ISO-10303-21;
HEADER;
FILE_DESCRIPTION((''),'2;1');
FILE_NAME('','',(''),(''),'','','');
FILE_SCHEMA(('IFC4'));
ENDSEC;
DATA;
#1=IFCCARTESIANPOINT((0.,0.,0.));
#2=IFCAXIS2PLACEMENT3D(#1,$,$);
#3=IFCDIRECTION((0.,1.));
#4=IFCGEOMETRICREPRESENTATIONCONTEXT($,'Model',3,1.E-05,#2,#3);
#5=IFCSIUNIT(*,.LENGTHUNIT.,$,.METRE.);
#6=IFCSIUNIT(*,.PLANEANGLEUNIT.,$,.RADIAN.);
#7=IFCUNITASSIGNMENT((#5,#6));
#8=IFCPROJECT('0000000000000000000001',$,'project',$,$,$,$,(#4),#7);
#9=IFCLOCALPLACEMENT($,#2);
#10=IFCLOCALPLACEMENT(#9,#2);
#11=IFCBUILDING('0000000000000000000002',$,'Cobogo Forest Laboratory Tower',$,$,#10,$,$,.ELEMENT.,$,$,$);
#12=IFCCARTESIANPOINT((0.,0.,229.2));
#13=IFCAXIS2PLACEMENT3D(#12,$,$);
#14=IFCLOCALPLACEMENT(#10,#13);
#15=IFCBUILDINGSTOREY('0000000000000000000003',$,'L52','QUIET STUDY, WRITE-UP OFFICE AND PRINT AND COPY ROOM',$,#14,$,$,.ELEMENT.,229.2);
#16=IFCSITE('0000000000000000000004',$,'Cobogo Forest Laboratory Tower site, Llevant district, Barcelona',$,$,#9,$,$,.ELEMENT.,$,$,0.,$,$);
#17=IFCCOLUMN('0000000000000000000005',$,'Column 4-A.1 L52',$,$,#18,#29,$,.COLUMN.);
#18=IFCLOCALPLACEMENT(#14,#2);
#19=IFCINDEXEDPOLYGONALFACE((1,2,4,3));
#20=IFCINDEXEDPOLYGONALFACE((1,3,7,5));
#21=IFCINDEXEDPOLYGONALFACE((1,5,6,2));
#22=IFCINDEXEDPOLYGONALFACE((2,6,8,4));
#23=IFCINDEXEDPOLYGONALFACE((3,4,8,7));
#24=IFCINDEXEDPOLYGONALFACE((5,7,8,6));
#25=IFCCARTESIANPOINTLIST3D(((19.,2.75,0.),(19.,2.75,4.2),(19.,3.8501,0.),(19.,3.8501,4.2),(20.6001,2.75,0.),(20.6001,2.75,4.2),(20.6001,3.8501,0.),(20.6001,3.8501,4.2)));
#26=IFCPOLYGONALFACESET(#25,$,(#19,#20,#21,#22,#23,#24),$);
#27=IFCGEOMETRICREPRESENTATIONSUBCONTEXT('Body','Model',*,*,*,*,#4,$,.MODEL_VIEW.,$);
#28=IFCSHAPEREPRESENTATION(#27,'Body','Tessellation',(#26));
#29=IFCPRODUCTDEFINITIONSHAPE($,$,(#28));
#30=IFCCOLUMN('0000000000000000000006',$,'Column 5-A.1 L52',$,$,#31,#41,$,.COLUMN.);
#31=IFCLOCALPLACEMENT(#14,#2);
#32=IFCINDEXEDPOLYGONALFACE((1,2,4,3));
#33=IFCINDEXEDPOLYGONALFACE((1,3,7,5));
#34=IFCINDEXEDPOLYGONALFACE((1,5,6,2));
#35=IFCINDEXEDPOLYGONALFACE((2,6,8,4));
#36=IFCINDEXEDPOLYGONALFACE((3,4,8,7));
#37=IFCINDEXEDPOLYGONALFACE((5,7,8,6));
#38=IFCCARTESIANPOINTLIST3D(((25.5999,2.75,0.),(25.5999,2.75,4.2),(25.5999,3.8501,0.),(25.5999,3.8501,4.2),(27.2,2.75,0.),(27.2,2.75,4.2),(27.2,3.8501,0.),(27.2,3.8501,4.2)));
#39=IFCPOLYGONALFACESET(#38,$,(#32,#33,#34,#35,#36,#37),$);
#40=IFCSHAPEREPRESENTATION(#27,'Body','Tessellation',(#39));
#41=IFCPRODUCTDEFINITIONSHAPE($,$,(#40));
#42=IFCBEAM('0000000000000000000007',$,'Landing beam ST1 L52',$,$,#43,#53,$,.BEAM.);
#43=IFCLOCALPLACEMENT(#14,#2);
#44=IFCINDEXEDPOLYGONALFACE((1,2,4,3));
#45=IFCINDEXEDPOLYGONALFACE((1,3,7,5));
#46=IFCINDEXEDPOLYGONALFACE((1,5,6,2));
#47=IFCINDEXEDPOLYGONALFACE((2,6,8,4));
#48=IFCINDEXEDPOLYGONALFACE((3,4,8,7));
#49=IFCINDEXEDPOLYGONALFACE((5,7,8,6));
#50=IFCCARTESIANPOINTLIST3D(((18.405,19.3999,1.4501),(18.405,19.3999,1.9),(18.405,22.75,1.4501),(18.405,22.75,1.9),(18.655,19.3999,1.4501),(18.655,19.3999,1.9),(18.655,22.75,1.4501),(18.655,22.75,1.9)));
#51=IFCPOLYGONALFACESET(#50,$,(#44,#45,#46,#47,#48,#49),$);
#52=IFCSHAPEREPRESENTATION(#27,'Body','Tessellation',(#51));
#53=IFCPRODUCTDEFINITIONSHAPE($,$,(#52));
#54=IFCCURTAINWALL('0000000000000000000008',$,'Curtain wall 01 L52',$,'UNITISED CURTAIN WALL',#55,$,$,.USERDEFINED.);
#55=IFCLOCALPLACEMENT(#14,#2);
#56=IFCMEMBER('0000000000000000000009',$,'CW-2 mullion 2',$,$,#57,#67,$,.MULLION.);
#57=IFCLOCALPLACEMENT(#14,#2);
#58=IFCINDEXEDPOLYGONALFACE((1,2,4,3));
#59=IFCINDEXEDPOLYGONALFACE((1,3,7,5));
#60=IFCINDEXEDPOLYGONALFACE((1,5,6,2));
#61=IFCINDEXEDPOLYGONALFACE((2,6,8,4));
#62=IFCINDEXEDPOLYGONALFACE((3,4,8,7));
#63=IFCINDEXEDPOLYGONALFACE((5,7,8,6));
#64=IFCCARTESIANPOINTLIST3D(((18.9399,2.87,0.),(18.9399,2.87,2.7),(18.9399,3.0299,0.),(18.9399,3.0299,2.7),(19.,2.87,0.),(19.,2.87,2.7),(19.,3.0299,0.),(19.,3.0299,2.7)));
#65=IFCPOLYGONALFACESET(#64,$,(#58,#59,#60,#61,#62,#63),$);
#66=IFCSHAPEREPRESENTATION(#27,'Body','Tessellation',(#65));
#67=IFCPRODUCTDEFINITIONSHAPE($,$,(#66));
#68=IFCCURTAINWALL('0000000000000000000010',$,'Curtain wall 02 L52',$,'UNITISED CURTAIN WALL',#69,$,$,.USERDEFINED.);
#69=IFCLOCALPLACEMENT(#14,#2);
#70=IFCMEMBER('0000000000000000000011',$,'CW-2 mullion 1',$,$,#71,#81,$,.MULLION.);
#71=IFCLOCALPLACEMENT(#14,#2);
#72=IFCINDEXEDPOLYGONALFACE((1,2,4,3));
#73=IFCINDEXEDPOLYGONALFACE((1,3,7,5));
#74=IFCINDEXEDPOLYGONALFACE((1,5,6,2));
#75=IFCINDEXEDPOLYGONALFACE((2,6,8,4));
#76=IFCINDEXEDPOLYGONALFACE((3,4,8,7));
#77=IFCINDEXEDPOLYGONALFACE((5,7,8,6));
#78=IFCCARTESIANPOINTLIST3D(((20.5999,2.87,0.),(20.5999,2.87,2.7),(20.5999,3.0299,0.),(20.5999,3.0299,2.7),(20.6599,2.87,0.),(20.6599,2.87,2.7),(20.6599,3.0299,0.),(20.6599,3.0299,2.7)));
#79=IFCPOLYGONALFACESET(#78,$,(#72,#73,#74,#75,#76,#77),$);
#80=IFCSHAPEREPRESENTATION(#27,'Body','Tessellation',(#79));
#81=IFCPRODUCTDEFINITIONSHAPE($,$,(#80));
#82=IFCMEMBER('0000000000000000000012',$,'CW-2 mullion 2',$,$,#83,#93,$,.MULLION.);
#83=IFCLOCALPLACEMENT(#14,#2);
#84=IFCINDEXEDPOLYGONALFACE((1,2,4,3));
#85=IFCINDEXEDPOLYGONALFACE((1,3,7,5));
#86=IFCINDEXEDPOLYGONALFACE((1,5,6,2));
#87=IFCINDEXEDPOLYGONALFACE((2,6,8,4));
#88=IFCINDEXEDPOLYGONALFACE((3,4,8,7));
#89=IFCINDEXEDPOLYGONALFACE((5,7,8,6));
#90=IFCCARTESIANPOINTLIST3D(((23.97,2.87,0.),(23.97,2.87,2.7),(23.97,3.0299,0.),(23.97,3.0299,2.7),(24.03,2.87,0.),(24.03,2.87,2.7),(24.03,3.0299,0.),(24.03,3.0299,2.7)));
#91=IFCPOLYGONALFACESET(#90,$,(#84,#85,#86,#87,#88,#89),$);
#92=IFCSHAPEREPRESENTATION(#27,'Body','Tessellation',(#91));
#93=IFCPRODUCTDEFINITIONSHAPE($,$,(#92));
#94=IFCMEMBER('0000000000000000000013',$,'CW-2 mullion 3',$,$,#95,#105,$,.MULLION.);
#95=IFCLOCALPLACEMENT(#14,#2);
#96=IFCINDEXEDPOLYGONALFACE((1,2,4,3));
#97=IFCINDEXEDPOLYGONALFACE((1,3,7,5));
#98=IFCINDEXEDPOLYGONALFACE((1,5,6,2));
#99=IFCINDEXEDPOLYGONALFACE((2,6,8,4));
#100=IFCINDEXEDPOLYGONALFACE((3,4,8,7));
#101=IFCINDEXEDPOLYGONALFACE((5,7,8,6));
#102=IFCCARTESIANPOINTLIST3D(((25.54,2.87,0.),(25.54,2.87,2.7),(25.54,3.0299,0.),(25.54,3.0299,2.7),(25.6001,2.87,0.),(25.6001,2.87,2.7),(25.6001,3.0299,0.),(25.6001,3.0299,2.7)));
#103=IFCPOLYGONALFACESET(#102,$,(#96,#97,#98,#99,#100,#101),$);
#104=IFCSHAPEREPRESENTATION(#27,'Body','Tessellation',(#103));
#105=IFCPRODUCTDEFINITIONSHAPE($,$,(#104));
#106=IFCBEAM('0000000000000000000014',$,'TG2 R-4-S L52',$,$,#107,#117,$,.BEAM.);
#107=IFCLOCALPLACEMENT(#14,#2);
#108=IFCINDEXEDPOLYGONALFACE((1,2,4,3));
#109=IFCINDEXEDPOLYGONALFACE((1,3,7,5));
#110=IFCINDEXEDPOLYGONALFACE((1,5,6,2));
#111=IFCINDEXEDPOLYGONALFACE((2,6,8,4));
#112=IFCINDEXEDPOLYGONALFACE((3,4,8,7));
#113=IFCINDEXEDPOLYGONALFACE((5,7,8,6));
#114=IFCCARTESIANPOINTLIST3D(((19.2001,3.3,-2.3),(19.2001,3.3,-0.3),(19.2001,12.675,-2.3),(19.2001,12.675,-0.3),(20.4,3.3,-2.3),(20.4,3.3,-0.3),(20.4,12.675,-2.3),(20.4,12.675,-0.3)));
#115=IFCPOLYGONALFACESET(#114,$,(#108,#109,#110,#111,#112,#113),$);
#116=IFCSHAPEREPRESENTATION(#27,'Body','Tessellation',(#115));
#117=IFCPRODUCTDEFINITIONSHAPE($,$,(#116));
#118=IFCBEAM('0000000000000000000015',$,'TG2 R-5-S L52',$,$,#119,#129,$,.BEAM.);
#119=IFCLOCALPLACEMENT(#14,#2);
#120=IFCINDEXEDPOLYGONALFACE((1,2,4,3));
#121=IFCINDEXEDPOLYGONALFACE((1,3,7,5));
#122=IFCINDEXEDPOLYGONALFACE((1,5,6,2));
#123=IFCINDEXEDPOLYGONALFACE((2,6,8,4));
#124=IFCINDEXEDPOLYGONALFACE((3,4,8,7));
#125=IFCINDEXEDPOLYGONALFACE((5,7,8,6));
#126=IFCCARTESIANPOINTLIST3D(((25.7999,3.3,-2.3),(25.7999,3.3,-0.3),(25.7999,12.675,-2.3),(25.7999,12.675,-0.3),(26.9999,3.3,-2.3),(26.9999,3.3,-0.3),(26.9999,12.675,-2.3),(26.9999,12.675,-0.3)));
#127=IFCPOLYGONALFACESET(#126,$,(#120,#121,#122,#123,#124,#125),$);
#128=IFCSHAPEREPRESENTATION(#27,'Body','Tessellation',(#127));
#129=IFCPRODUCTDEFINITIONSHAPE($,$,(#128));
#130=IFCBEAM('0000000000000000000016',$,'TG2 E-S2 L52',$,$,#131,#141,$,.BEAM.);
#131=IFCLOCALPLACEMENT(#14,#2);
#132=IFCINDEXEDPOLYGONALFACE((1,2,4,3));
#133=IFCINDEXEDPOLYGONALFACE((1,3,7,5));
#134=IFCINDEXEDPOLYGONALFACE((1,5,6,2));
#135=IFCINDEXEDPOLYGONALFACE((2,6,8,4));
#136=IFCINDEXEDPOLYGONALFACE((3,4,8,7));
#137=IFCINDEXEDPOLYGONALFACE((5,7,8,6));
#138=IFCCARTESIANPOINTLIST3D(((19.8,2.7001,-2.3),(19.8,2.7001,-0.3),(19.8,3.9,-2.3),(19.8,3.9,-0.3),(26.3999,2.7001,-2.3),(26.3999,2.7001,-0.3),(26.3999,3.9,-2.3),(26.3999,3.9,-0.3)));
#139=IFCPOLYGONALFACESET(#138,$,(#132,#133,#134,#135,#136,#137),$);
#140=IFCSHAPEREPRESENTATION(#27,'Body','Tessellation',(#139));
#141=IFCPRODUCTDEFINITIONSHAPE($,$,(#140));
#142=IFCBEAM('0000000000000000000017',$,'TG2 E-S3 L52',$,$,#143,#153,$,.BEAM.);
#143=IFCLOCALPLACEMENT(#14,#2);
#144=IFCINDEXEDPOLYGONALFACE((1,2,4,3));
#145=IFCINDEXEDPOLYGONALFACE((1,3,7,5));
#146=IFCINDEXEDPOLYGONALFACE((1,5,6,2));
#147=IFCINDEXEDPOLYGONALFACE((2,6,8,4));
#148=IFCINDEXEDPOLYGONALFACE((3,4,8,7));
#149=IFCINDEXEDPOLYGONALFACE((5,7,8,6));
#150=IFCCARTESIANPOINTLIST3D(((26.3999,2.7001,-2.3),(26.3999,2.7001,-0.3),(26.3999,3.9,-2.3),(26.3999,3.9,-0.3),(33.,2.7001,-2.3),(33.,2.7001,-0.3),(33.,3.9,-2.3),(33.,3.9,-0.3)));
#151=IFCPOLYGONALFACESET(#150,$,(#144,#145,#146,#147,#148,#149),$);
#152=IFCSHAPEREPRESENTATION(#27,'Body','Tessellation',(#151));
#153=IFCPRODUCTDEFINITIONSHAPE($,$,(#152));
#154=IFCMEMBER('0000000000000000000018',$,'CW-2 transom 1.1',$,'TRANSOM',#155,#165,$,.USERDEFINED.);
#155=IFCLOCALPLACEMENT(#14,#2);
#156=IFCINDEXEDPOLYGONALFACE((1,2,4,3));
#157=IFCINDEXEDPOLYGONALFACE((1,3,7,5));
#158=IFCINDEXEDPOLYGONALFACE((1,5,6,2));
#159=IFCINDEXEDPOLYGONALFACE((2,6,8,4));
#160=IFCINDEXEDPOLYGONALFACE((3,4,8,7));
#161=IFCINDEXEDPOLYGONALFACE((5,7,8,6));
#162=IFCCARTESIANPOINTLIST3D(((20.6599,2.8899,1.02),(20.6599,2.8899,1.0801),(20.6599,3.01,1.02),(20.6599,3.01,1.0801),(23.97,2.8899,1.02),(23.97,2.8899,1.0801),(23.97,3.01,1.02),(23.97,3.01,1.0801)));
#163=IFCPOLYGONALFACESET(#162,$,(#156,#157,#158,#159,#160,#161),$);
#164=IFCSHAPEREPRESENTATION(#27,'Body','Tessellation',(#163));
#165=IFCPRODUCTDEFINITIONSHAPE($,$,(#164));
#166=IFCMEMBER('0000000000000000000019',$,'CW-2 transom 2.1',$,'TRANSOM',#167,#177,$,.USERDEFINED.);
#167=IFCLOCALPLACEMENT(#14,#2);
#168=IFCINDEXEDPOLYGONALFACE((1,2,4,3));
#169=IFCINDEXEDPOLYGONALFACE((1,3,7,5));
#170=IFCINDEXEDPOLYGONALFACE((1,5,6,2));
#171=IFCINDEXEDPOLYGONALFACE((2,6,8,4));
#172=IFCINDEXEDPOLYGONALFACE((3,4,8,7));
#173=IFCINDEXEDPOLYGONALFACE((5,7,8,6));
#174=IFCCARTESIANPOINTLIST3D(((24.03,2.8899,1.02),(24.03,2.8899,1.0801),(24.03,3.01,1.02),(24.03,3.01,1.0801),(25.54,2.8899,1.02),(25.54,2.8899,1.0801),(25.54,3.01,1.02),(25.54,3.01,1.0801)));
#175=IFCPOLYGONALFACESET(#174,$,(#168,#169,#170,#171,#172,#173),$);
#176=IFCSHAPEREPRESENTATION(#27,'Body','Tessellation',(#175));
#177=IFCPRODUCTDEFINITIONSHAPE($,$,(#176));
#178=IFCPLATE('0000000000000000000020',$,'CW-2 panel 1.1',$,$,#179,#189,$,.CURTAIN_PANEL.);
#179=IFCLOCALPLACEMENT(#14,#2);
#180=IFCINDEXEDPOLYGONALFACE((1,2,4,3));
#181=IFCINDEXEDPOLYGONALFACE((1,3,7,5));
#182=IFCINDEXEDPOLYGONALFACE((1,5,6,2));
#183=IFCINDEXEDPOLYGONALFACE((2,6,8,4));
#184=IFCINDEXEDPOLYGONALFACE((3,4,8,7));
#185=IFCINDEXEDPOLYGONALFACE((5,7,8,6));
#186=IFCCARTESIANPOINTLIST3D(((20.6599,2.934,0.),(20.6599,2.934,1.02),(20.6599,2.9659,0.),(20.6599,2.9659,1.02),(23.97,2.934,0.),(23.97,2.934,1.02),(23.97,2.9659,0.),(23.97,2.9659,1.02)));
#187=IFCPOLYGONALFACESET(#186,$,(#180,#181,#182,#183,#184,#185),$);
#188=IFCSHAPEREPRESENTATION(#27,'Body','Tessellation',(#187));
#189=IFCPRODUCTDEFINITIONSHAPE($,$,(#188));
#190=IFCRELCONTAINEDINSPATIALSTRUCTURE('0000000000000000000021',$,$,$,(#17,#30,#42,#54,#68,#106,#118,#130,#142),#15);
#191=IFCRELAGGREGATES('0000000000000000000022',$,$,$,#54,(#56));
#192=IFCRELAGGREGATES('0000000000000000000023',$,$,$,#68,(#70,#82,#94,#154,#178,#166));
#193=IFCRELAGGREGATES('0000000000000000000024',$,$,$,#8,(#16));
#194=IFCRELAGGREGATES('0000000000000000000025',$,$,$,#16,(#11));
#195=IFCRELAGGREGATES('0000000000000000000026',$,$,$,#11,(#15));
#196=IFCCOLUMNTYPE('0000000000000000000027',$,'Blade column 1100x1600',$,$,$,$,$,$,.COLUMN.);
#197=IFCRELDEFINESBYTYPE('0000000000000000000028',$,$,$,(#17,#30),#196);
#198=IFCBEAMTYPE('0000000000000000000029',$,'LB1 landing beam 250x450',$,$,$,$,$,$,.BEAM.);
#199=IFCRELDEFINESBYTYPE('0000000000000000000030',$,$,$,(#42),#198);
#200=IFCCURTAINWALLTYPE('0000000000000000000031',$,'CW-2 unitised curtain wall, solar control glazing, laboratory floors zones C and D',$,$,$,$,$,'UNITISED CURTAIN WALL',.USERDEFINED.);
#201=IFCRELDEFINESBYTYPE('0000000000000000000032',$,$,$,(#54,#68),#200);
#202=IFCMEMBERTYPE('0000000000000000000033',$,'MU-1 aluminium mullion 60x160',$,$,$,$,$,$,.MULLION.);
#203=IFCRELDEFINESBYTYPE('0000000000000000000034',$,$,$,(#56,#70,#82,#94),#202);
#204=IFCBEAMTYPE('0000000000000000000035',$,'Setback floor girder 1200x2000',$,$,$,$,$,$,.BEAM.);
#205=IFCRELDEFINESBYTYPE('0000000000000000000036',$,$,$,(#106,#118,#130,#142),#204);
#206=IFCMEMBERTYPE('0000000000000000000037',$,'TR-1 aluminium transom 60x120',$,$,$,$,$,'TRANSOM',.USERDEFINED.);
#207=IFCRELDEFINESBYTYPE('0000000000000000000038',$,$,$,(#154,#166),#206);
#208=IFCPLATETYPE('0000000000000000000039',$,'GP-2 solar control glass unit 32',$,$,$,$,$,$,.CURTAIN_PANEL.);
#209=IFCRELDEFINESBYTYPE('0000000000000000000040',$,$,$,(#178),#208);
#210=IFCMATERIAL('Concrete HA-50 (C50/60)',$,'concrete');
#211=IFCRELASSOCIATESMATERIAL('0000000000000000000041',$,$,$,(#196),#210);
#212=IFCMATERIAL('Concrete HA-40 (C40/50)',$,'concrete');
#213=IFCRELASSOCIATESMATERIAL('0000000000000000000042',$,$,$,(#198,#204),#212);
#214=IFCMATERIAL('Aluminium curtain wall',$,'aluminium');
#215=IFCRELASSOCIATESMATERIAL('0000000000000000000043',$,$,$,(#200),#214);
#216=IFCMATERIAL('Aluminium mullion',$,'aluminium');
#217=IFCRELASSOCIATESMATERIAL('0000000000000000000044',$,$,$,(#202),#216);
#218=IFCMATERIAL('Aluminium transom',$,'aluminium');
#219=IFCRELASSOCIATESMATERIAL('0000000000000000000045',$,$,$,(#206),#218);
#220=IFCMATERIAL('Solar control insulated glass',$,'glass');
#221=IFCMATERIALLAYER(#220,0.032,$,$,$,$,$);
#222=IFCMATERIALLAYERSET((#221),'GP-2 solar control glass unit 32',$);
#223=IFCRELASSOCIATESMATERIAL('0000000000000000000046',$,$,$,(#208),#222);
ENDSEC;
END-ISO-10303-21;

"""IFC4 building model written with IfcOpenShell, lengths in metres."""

from ifc_helpers import new_model, si_unit, direction, frame, origin, origin_2d, place, context, subcontext, project, spatial, rectangle, extrude, material, layer, layer_set, material_profile, profile_set, type_object, element, aggregate, save


model = new_model("IFC4")

# Units and contexts
model_context = context("Model", 3, precision=1e-05, world=origin(), true_north=direction((0.0, 1.0)))
body_context = subcontext(model_context, "Body", "Model", "MODEL_VIEW")
ifc_project = project(units=[si_unit("LENGTHUNIT", "METRE"), si_unit("PLANEANGLEUNIT", "RADIAN")], contexts=[model_context])

# Site, building, storey
site_placement = place(None, origin())
site = spatial("IfcSite", under=ifc_project, at=site_placement, Name="Cobogo Forest Laboratory Tower site, Llevant district, Barcelona", CompositionType="ELEMENT", RefElevation=0.0)
building_placement = place(site_placement, origin())
building = spatial("IfcBuilding", under=site, at=building_placement, Name="Cobogo Forest Laboratory Tower", CompositionType="ELEMENT")
storey_placement = place(building_placement, frame((0.0, 0.0, 229.2)))
storey = spatial("IfcBuildingStorey", under=building, at=storey_placement, Name="L52", Description="QUIET STUDY, WRITE-UP OFFICE AND PRINT AND COPY ROOM", CompositionType="ELEMENT", Elevation=229.2)

# Columns
ifc_material_1 = material(Name="Concrete HA-50 (C50/60)", Category="concrete")
ifc_material_profile_1 = material_profile(ifc_material_1, rectangle(XDim=1.6001, YDim=1.1001, at=origin_2d()), Name="RC 1100x1600")
ifc_profile_set_1 = profile_set([ifc_material_profile_1], Name="Concrete HA-50 (C50/60)")
column_type = type_object("IfcColumnType", Name="Blade column 1100x1600", PredefinedType="COLUMN", material=ifc_profile_set_1)
for number, where, z_axis, x_axis, name in (
    (1, (19.8, 3.3, 0.0), (0.0, 0.0, 1.0), (1.0, 0.0, 0.0), "Column 4-A.1 L52"),
    (2, (26.3999, 3.3, 0.0), (0.0, 0.0, 1.0), (1.0, 0.0, 0.0), "Column 5-A.1 L52"),
):
    element("IfcColumn", number, at=place(storey_placement, frame(where, z_axis=z_axis, x_axis=x_axis)), inside=storey, type_object=column_type, Name=name, PredefinedType="COLUMN", context=body_context, shape_type="SweptSolid", body=[
        extrude(rectangle(XDim=1.6001, YDim=1.1001, at=origin_2d()), origin(), (0.0, 0.0, 1.0), 4.2),
    ])

# Beam
ifc_material_2 = material(Name="Concrete HA-40 (C40/50)", Category="concrete")
ifc_material_profile_2 = material_profile(ifc_material_2, rectangle(XDim=0.25, YDim=0.45, at=origin_2d()), Name="RC 250x450")
ifc_profile_set_2 = profile_set([ifc_material_profile_2], Name="Concrete HA-40 (C40/50)")
beam_type_1 = type_object("IfcBeamType", Name="LB1 landing beam 250x450", PredefinedType="BEAM", material=ifc_profile_set_2)
beam_1_placement = place(storey_placement, frame((18.53, 19.3999, 1.675), z_axis=(0.0, 1.0, 0.0), x_axis=(-1.0, 0.0, 0.0)))
element("IfcBeam", 3, at=beam_1_placement, inside=storey, type_object=beam_type_1, Name="Landing beam ST1 L52", PredefinedType="BEAM", context=body_context, shape_type="SweptSolid", body=[
    extrude(rectangle(XDim=0.25, YDim=0.45, at=origin_2d()), origin(), (0.0, 0.0, 1.0), 3.3501),
])

# Curtain wall, member
ifc_material_3 = material(Name="Aluminium curtain wall", Category="aluminium")
curtain_wall_type = type_object("IfcCurtainWallType", Name="CW-2 unitised curtain wall, solar control glazing, laboratory floors zones C and D", ElementType="UNITISED CURTAIN WALL", PredefinedType="USERDEFINED", material=ifc_material_3)
curtain_wall_1_placement = place(storey_placement, origin())
curtain_wall_1 = element("IfcCurtainWall", 4, at=curtain_wall_1_placement, inside=storey, type_object=curtain_wall_type, Name="Curtain wall 01 L52", ObjectType="UNITISED CURTAIN WALL", PredefinedType="USERDEFINED")
ifc_material_4 = material(Name="Aluminium mullion", Category="aluminium")
ifc_material_profile_3 = material_profile(ifc_material_4, rectangle(XDim=0.0601, YDim=0.1599, at=origin_2d()), Name="AL 60x160")
ifc_profile_set_3 = profile_set([ifc_material_profile_3], Name="Aluminium mullion")
member_type_1 = type_object("IfcMemberType", Name="MU-1 aluminium mullion 60x160", PredefinedType="MULLION", material=ifc_profile_set_3)
member_1_placement = place(storey_placement, frame((18.97, 2.95, 0.0), z_axis=(0.0, 0.0, 1.0), x_axis=(1.0, 0.0, 0.0)))
member_1 = element("IfcMember", 5, at=member_1_placement, type_object=member_type_1, Name="CW-2 mullion 2", PredefinedType="MULLION", context=body_context, shape_type="SweptSolid", body=[
    extrude(rectangle(XDim=0.0601, YDim=0.1599, at=origin_2d()), origin(), (0.0, 0.0, 1.0), 2.7),
])
aggregate(curtain_wall_1, [member_1])

# Curtain wall, members
curtain_wall_2_placement = place(storey_placement, origin())
curtain_wall_2 = element("IfcCurtainWall", 6, at=curtain_wall_2_placement, inside=storey, type_object=curtain_wall_type, Name="Curtain wall 02 L52", ObjectType="UNITISED CURTAIN WALL", PredefinedType="USERDEFINED")
member_2_placement = place(storey_placement, frame((20.6299, 2.95, 0.0), z_axis=(0.0, 0.0, 1.0), x_axis=(1.0, 0.0, 0.0)))
member_2 = element("IfcMember", 7, at=member_2_placement, type_object=member_type_1, Name="CW-2 mullion 1", PredefinedType="MULLION", context=body_context, shape_type="SweptSolid", body=[
    extrude(rectangle(XDim=0.0601, YDim=0.1599, at=origin_2d()), origin(), (0.0, 0.0, 1.0), 2.7),
])
member_3_placement = place(storey_placement, frame((24.0, 2.95, 0.0), z_axis=(0.0, 0.0, 1.0), x_axis=(1.0, 0.0, 0.0)))
member_3 = element("IfcMember", 8, at=member_3_placement, type_object=member_type_1, Name="CW-2 mullion 2", PredefinedType="MULLION", context=body_context, shape_type="SweptSolid", body=[
    extrude(rectangle(XDim=0.0601, YDim=0.1599, at=origin_2d()), origin(), (0.0, 0.0, 1.0), 2.7),
])
member_4_placement = place(storey_placement, frame((25.5701, 2.95, 0.0), z_axis=(0.0, 0.0, 1.0), x_axis=(1.0, 0.0, 0.0)))
member_4 = element("IfcMember", 9, at=member_4_placement, type_object=member_type_1, Name="CW-2 mullion 3", PredefinedType="MULLION", context=body_context, shape_type="SweptSolid", body=[
    extrude(rectangle(XDim=0.0601, YDim=0.1599, at=origin_2d()), origin(), (0.0, 0.0, 1.0), 2.7),
])

# Beams
ifc_material_profile_4 = material_profile(ifc_material_2, rectangle(XDim=1.2, YDim=2.0, at=origin_2d()), Name="RC 1200x2000")
ifc_profile_set_4 = profile_set([ifc_material_profile_4], Name="Concrete HA-40 (C40/50)")
beam_type_2 = type_object("IfcBeamType", Name="Setback floor girder 1200x2000", PredefinedType="BEAM", material=ifc_profile_set_4)
for number, where, z_axis, x_axis, name in (
    (10, (19.8, 12.675, -1.3), (0.0, -1.0, 0.0), (1.0, 0.0, 0.0), "TG2 R-4-S L52"),
    (11, (26.3999, 12.675, -1.3), (0.0, -1.0, 0.0), (1.0, 0.0, 0.0), "TG2 R-5-S L52"),
):
    element("IfcBeam", number, at=place(storey_placement, frame(where, z_axis=z_axis, x_axis=x_axis)), inside=storey, type_object=beam_type_2, Name=name, PredefinedType="BEAM", context=body_context, shape_type="SweptSolid", body=[
        extrude(rectangle(XDim=1.2, YDim=2.0, at=origin_2d()), origin(), (0.0, 0.0, 1.0), 9.375),
    ])
beam_2_placement = place(storey_placement, frame((19.8, 3.3, -1.3), z_axis=(1.0, 0.0, 0.0), x_axis=(0.0, 1.0, 0.0)))
element("IfcBeam", 12, at=beam_2_placement, inside=storey, type_object=beam_type_2, Name="TG2 E-S2 L52", PredefinedType="BEAM", context=body_context, shape_type="SweptSolid", body=[
    extrude(rectangle(XDim=1.2, YDim=2.0, at=origin_2d()), origin(), (0.0, 0.0, 1.0), 6.5999),
])
beam_3_placement = place(storey_placement, frame((26.3999, 3.3, -1.3), z_axis=(1.0, 0.0, 0.0), x_axis=(0.0, 1.0, 0.0)))
element("IfcBeam", 13, at=beam_3_placement, inside=storey, type_object=beam_type_2, Name="TG2 E-S3 L52", PredefinedType="BEAM", context=body_context, shape_type="SweptSolid", body=[
    extrude(rectangle(XDim=1.2, YDim=2.0, at=origin_2d()), origin(), (0.0, 0.0, 1.0), 6.6001),
])

# Members
ifc_material_5 = material(Name="Aluminium transom", Category="aluminium")
ifc_material_profile_5 = material_profile(ifc_material_5, rectangle(XDim=0.1201, YDim=0.0601, at=origin_2d()), Name="AL 60x120")
ifc_profile_set_5 = profile_set([ifc_material_profile_5], Name="Aluminium transom")
member_type_2 = type_object("IfcMemberType", Name="TR-1 aluminium transom 60x120", ElementType="TRANSOM", PredefinedType="USERDEFINED", material=ifc_profile_set_5)
member_5_placement = place(storey_placement, frame((20.6599, 2.95, 1.05), z_axis=(1.0, 0.0, 0.0), x_axis=(0.0, 1.0, 0.0)))
member_5 = element("IfcMember", 14, at=member_5_placement, type_object=member_type_2, Name="CW-2 transom 1.1", ObjectType="TRANSOM", PredefinedType="USERDEFINED", context=body_context, shape_type="SweptSolid", body=[
    extrude(rectangle(XDim=0.1201, YDim=0.0601, at=origin_2d()), origin(), (0.0, 0.0, 1.0), 3.3101),
])
member_6_placement = place(storey_placement, frame((24.03, 2.95, 1.05), z_axis=(1.0, 0.0, 0.0), x_axis=(0.0, 1.0, 0.0)))
member_6 = element("IfcMember", 15, at=member_6_placement, type_object=member_type_2, Name="CW-2 transom 2.1", ObjectType="TRANSOM", PredefinedType="USERDEFINED", context=body_context, shape_type="SweptSolid", body=[
    extrude(rectangle(XDim=0.1201, YDim=0.0601, at=origin_2d()), origin(), (0.0, 0.0, 1.0), 1.51),
])

# Plate
ifc_material_6 = material(Name="Solar control insulated glass", Category="glass")
ifc_layer_1 = layer(ifc_material_6, 0.032)
ifc_layer_set_1 = layer_set([ifc_layer_1], Name="GP-2 solar control glass unit 32")
plate_type_1 = type_object("IfcPlateType", Name="GP-2 solar control glass unit 32", PredefinedType="CURTAIN_PANEL", material=ifc_layer_set_1)
plate_1_placement = place(storey_placement, frame((22.3149, 2.95, 0.0), z_axis=(0.0, 0.0, 1.0), x_axis=(1.0, 0.0, 0.0)))
plate_1 = element("IfcPlate", 16, at=plate_1_placement, type_object=plate_type_1, Name="CW-2 panel 1.1", PredefinedType="CURTAIN_PANEL", context=body_context, shape_type="SweptSolid", body=[
    extrude(rectangle(XDim=3.3101, YDim=0.032, at=origin_2d()), origin(), (0.0, 0.0, 1.0), 1.02),
])
aggregate(curtain_wall_2, [member_2, member_3, member_4, member_5, plate_1, member_6])

save(model, "model.ifc")
